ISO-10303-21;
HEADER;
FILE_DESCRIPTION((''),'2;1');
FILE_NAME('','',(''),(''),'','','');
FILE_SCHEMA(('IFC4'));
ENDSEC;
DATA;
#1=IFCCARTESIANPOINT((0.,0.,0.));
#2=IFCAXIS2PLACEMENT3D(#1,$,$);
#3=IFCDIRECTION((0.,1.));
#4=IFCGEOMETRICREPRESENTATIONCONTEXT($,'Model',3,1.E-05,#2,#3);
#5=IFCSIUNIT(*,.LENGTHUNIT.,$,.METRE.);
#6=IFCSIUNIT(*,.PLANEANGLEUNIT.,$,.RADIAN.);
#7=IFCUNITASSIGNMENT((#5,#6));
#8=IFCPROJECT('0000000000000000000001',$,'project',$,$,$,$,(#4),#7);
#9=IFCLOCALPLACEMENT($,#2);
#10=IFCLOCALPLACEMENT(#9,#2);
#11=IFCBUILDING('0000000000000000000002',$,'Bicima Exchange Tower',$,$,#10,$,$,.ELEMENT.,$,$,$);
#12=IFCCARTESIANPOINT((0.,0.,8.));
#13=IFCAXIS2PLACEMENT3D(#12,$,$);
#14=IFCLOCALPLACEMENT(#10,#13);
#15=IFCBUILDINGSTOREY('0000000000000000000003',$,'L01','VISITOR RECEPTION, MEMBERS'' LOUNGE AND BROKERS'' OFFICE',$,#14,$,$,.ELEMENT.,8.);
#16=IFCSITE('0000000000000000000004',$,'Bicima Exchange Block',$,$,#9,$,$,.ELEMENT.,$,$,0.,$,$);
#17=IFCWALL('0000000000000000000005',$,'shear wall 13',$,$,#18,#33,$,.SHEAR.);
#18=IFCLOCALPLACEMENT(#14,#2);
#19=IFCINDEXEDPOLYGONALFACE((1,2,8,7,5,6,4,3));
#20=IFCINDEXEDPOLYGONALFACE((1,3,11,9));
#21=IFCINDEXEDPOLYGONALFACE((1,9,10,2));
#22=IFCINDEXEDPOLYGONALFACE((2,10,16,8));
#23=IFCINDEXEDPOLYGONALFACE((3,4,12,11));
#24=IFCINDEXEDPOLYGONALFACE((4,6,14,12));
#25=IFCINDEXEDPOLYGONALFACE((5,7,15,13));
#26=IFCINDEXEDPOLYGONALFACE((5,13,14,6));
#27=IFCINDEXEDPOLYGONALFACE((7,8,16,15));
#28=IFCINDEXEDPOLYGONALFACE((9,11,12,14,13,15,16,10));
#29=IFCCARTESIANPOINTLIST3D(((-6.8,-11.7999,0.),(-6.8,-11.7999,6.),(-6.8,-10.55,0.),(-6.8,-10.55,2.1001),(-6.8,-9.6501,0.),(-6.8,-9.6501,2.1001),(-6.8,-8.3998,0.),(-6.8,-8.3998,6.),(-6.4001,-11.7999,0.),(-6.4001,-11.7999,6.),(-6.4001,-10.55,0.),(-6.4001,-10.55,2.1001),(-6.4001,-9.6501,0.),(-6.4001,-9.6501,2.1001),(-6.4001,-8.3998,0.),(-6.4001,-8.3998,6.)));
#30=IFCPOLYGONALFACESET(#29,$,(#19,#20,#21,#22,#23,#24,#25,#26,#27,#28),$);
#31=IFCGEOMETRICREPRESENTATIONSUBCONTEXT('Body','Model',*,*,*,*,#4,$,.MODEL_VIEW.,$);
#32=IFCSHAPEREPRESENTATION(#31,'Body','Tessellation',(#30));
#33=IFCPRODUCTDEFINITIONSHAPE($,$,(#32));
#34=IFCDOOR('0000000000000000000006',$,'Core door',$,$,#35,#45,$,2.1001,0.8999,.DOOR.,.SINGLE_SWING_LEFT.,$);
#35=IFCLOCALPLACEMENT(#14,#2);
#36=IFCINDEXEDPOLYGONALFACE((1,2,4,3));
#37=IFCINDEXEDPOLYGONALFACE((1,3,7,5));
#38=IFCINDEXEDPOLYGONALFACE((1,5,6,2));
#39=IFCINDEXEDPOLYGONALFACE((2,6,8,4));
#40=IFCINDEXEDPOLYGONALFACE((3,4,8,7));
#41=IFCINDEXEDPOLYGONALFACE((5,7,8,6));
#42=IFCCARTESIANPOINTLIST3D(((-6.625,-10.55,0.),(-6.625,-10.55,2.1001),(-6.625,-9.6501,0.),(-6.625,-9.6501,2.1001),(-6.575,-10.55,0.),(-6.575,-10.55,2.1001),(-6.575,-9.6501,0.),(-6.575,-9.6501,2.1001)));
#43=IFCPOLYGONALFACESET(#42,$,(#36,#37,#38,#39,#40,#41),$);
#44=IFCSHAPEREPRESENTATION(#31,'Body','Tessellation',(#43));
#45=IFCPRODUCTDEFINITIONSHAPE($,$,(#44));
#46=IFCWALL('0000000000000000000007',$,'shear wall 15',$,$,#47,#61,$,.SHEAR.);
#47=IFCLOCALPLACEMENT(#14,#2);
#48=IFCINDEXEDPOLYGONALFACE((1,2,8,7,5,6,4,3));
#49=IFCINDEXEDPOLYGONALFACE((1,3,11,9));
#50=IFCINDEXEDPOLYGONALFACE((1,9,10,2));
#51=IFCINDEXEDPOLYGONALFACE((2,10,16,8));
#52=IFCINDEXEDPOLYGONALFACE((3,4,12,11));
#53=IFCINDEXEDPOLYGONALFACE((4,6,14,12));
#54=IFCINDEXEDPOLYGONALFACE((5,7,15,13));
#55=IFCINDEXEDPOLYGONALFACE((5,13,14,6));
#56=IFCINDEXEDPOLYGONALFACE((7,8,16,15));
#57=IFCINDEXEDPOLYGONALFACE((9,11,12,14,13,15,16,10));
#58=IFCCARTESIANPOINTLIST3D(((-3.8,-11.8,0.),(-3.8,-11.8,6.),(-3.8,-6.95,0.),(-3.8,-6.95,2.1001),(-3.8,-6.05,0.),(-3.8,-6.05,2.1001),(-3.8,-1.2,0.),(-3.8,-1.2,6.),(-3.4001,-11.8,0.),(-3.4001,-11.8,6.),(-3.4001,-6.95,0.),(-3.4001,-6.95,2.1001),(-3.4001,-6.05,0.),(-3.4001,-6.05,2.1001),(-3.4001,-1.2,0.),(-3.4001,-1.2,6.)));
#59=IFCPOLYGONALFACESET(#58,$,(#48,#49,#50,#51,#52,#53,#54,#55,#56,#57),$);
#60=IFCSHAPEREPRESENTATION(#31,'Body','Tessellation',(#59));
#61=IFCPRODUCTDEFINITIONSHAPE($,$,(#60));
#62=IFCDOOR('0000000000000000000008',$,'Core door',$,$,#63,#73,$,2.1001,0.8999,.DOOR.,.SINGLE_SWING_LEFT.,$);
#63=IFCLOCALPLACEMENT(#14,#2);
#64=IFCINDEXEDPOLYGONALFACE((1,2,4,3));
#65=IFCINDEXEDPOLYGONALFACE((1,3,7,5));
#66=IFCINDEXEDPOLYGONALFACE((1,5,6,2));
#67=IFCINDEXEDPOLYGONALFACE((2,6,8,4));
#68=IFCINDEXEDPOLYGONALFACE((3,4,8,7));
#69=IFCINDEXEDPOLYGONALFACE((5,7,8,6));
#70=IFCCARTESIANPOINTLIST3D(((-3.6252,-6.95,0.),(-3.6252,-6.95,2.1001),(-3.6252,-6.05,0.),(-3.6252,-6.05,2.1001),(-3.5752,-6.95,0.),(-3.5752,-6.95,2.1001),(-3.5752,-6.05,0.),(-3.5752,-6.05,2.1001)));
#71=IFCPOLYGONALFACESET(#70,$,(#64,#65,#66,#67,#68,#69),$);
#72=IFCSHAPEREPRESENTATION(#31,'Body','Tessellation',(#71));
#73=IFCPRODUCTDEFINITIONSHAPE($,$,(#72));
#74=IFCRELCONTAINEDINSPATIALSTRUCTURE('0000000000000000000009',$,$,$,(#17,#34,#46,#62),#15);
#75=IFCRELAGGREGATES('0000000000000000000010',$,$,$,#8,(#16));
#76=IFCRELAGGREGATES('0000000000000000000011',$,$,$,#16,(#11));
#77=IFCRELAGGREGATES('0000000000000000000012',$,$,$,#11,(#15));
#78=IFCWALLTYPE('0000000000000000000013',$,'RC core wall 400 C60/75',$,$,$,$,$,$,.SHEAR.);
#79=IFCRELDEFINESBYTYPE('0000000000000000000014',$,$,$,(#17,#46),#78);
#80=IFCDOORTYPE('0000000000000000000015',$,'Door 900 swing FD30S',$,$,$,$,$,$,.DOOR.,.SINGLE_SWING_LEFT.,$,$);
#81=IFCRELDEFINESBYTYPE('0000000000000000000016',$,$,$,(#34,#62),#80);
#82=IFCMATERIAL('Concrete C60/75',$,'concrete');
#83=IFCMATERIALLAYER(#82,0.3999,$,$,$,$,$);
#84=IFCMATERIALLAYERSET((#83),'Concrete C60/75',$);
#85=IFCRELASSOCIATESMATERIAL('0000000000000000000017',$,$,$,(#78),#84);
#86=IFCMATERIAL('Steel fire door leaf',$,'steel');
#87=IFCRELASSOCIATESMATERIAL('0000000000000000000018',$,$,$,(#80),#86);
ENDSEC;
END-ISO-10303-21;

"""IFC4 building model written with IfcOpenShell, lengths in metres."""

from ifc_helpers import new_model, si_unit, direction, frame, frame_2d, origin, place, context, subcontext, project, spatial, rectangle, extrude, material, layer, layer_set, type_object, element, fill, save


model = new_model("IFC4")

# Units and contexts
model_context = context("Model", 3, precision=1e-05, world=origin(), true_north=direction((0.0, 1.0)))
body_context = subcontext(model_context, "Body", "Model", "MODEL_VIEW")
ifc_project = project(units=[si_unit("LENGTHUNIT", "METRE"), si_unit("PLANEANGLEUNIT", "RADIAN")], contexts=[model_context])

# Site, building, storey
site_placement = place(None, origin())
site = spatial("IfcSite", under=ifc_project, at=site_placement, Name="Bicima Exchange Block", CompositionType="ELEMENT", RefElevation=0.0)
building_placement = place(site_placement, origin())
building = spatial("IfcBuilding", under=site, at=building_placement, Name="Bicima Exchange Tower", CompositionType="ELEMENT")
storey_placement = place(building_placement, frame((0.0, 0.0, 8.0)))
storey = spatial("IfcBuildingStorey", under=building, at=storey_placement, Name="L01", Description="VISITOR RECEPTION, MEMBERS' LOUNGE AND BROKERS' OFFICE", CompositionType="ELEMENT", Elevation=8.0)

# Shared definitions
ifc_material_1 = material(Name="Concrete C60/75", Category="concrete")

# Shared definitions
ifc_material_2 = material(Name="Steel fire door leaf", Category="steel")

# Shared definitions
ifc_layer_1 = layer(ifc_material_1, 0.3999)
ifc_layer_set_1 = layer_set([ifc_layer_1], Name="Concrete C60/75")
wall_type_1 = type_object("IfcWallType", Name="RC core wall 400 C60/75", PredefinedType="SHEAR", material=ifc_layer_set_1)

# Walls, openings, doors
wall_1_placement = place(storey_placement, frame((-6.6001, -11.8, 0.0), z_axis=(0.0, 0.0, 1.0), x_axis=(0.0, 1.0, 0.0)))
wall_1 = element("IfcWall", 1, at=wall_1_placement, inside=storey, type_object=wall_type_1, Name="shear wall 13", PredefinedType="SHEAR", context=body_context, shape_type="SweptSolid", body=[
    extrude(rectangle(XDim=3.4001, YDim=0.3999, at=frame_2d((1.7002, 0.0))), origin(), (0.0, 0.0, 1.0), 6.0),
])
opening_1_placement = place(wall_1_placement, frame((1.25, 0.0, 0.0)))
opening_1 = element("IfcOpeningElement", 2, at=opening_1_placement, cuts=wall_1, PredefinedType="OPENING", context=body_context, shape_type="SweptSolid", body=[
    extrude(rectangle(XDim=0.8999, YDim=2.1001, at=frame_2d((0.45, 1.05))), frame((0.0, 0.2119, 0.0), z_axis=(0.0, -1.0, 0.0), x_axis=(1.0, 0.0, 0.0)), (0.0, 0.0, 1.0), 0.4238),
])
door_type_1 = type_object("IfcDoorType", Name="Door 900 swing FD30S", OperationType="SINGLE_SWING_LEFT", PredefinedType="DOOR", material=ifc_material_2)
door_1_placement = place(opening_1_placement, origin())
door_1 = element("IfcDoor", 3, at=door_1_placement, inside=storey, type_object=door_type_1, Name="Core door", OperationType="SINGLE_SWING_LEFT", OverallHeight=2.1001, OverallWidth=0.8999, PredefinedType="DOOR", context=body_context, shape_type="SweptSolid", body=[
    extrude(rectangle(XDim=0.8999, YDim=2.1001, at=frame_2d((0.45, 1.05))), frame((0.0, 0.0249, 0.0), z_axis=(0.0, -1.0, 0.0), x_axis=(1.0, 0.0, 0.0)), (0.0, 0.0, 1.0), 0.05),
])
fill(opening_1, door_1)
wall_2_placement = place(storey_placement, frame((-3.6001, -11.8, 0.0), z_axis=(0.0, 0.0, 1.0), x_axis=(0.0, 1.0, 0.0)))
wall_2 = element("IfcWall", 4, at=wall_2_placement, inside=storey, type_object=wall_type_1, Name="shear wall 15", PredefinedType="SHEAR", context=body_context, shape_type="SweptSolid", body=[
    extrude(rectangle(XDim=10.6001, YDim=0.3999, at=frame_2d((5.3, 0.0))), origin(), (0.0, 0.0, 1.0), 6.0),
])
opening_2_placement = place(wall_2_placement, frame((4.8501, 0.0, 0.0)))
opening_2 = element("IfcOpeningElement", 5, at=opening_2_placement, cuts=wall_2, PredefinedType="OPENING", context=body_context, shape_type="SweptSolid", body=[
    extrude(rectangle(XDim=0.8999, YDim=2.1001, at=frame_2d((0.45, 1.05))), frame((0.0, 0.2119, 0.0), z_axis=(0.0, -1.0, 0.0), x_axis=(1.0, 0.0, 0.0)), (0.0, 0.0, 1.0), 0.4238),
])
door_2_placement = place(opening_2_placement, frame((0.8999, 0.0, 0.0), z_axis=(0.0, 0.0, 1.0), x_axis=(-1.0, 0.0, 0.0)))
door_2 = element("IfcDoor", 6, at=door_2_placement, inside=storey, type_object=door_type_1, Name="Core door", OperationType="SINGLE_SWING_LEFT", OverallHeight=2.1001, OverallWidth=0.8999, PredefinedType="DOOR", context=body_context, shape_type="SweptSolid", body=[
    extrude(rectangle(XDim=0.8999, YDim=2.1001, at=frame_2d((0.45, 1.05))), frame((0.0, 0.0249, 0.0), z_axis=(0.0, -1.0, 0.0), x_axis=(1.0, 0.0, 0.0)), (0.0, 0.0, 1.0), 0.05),
])
fill(opening_2, door_2)

save(model, "model.ifc")
